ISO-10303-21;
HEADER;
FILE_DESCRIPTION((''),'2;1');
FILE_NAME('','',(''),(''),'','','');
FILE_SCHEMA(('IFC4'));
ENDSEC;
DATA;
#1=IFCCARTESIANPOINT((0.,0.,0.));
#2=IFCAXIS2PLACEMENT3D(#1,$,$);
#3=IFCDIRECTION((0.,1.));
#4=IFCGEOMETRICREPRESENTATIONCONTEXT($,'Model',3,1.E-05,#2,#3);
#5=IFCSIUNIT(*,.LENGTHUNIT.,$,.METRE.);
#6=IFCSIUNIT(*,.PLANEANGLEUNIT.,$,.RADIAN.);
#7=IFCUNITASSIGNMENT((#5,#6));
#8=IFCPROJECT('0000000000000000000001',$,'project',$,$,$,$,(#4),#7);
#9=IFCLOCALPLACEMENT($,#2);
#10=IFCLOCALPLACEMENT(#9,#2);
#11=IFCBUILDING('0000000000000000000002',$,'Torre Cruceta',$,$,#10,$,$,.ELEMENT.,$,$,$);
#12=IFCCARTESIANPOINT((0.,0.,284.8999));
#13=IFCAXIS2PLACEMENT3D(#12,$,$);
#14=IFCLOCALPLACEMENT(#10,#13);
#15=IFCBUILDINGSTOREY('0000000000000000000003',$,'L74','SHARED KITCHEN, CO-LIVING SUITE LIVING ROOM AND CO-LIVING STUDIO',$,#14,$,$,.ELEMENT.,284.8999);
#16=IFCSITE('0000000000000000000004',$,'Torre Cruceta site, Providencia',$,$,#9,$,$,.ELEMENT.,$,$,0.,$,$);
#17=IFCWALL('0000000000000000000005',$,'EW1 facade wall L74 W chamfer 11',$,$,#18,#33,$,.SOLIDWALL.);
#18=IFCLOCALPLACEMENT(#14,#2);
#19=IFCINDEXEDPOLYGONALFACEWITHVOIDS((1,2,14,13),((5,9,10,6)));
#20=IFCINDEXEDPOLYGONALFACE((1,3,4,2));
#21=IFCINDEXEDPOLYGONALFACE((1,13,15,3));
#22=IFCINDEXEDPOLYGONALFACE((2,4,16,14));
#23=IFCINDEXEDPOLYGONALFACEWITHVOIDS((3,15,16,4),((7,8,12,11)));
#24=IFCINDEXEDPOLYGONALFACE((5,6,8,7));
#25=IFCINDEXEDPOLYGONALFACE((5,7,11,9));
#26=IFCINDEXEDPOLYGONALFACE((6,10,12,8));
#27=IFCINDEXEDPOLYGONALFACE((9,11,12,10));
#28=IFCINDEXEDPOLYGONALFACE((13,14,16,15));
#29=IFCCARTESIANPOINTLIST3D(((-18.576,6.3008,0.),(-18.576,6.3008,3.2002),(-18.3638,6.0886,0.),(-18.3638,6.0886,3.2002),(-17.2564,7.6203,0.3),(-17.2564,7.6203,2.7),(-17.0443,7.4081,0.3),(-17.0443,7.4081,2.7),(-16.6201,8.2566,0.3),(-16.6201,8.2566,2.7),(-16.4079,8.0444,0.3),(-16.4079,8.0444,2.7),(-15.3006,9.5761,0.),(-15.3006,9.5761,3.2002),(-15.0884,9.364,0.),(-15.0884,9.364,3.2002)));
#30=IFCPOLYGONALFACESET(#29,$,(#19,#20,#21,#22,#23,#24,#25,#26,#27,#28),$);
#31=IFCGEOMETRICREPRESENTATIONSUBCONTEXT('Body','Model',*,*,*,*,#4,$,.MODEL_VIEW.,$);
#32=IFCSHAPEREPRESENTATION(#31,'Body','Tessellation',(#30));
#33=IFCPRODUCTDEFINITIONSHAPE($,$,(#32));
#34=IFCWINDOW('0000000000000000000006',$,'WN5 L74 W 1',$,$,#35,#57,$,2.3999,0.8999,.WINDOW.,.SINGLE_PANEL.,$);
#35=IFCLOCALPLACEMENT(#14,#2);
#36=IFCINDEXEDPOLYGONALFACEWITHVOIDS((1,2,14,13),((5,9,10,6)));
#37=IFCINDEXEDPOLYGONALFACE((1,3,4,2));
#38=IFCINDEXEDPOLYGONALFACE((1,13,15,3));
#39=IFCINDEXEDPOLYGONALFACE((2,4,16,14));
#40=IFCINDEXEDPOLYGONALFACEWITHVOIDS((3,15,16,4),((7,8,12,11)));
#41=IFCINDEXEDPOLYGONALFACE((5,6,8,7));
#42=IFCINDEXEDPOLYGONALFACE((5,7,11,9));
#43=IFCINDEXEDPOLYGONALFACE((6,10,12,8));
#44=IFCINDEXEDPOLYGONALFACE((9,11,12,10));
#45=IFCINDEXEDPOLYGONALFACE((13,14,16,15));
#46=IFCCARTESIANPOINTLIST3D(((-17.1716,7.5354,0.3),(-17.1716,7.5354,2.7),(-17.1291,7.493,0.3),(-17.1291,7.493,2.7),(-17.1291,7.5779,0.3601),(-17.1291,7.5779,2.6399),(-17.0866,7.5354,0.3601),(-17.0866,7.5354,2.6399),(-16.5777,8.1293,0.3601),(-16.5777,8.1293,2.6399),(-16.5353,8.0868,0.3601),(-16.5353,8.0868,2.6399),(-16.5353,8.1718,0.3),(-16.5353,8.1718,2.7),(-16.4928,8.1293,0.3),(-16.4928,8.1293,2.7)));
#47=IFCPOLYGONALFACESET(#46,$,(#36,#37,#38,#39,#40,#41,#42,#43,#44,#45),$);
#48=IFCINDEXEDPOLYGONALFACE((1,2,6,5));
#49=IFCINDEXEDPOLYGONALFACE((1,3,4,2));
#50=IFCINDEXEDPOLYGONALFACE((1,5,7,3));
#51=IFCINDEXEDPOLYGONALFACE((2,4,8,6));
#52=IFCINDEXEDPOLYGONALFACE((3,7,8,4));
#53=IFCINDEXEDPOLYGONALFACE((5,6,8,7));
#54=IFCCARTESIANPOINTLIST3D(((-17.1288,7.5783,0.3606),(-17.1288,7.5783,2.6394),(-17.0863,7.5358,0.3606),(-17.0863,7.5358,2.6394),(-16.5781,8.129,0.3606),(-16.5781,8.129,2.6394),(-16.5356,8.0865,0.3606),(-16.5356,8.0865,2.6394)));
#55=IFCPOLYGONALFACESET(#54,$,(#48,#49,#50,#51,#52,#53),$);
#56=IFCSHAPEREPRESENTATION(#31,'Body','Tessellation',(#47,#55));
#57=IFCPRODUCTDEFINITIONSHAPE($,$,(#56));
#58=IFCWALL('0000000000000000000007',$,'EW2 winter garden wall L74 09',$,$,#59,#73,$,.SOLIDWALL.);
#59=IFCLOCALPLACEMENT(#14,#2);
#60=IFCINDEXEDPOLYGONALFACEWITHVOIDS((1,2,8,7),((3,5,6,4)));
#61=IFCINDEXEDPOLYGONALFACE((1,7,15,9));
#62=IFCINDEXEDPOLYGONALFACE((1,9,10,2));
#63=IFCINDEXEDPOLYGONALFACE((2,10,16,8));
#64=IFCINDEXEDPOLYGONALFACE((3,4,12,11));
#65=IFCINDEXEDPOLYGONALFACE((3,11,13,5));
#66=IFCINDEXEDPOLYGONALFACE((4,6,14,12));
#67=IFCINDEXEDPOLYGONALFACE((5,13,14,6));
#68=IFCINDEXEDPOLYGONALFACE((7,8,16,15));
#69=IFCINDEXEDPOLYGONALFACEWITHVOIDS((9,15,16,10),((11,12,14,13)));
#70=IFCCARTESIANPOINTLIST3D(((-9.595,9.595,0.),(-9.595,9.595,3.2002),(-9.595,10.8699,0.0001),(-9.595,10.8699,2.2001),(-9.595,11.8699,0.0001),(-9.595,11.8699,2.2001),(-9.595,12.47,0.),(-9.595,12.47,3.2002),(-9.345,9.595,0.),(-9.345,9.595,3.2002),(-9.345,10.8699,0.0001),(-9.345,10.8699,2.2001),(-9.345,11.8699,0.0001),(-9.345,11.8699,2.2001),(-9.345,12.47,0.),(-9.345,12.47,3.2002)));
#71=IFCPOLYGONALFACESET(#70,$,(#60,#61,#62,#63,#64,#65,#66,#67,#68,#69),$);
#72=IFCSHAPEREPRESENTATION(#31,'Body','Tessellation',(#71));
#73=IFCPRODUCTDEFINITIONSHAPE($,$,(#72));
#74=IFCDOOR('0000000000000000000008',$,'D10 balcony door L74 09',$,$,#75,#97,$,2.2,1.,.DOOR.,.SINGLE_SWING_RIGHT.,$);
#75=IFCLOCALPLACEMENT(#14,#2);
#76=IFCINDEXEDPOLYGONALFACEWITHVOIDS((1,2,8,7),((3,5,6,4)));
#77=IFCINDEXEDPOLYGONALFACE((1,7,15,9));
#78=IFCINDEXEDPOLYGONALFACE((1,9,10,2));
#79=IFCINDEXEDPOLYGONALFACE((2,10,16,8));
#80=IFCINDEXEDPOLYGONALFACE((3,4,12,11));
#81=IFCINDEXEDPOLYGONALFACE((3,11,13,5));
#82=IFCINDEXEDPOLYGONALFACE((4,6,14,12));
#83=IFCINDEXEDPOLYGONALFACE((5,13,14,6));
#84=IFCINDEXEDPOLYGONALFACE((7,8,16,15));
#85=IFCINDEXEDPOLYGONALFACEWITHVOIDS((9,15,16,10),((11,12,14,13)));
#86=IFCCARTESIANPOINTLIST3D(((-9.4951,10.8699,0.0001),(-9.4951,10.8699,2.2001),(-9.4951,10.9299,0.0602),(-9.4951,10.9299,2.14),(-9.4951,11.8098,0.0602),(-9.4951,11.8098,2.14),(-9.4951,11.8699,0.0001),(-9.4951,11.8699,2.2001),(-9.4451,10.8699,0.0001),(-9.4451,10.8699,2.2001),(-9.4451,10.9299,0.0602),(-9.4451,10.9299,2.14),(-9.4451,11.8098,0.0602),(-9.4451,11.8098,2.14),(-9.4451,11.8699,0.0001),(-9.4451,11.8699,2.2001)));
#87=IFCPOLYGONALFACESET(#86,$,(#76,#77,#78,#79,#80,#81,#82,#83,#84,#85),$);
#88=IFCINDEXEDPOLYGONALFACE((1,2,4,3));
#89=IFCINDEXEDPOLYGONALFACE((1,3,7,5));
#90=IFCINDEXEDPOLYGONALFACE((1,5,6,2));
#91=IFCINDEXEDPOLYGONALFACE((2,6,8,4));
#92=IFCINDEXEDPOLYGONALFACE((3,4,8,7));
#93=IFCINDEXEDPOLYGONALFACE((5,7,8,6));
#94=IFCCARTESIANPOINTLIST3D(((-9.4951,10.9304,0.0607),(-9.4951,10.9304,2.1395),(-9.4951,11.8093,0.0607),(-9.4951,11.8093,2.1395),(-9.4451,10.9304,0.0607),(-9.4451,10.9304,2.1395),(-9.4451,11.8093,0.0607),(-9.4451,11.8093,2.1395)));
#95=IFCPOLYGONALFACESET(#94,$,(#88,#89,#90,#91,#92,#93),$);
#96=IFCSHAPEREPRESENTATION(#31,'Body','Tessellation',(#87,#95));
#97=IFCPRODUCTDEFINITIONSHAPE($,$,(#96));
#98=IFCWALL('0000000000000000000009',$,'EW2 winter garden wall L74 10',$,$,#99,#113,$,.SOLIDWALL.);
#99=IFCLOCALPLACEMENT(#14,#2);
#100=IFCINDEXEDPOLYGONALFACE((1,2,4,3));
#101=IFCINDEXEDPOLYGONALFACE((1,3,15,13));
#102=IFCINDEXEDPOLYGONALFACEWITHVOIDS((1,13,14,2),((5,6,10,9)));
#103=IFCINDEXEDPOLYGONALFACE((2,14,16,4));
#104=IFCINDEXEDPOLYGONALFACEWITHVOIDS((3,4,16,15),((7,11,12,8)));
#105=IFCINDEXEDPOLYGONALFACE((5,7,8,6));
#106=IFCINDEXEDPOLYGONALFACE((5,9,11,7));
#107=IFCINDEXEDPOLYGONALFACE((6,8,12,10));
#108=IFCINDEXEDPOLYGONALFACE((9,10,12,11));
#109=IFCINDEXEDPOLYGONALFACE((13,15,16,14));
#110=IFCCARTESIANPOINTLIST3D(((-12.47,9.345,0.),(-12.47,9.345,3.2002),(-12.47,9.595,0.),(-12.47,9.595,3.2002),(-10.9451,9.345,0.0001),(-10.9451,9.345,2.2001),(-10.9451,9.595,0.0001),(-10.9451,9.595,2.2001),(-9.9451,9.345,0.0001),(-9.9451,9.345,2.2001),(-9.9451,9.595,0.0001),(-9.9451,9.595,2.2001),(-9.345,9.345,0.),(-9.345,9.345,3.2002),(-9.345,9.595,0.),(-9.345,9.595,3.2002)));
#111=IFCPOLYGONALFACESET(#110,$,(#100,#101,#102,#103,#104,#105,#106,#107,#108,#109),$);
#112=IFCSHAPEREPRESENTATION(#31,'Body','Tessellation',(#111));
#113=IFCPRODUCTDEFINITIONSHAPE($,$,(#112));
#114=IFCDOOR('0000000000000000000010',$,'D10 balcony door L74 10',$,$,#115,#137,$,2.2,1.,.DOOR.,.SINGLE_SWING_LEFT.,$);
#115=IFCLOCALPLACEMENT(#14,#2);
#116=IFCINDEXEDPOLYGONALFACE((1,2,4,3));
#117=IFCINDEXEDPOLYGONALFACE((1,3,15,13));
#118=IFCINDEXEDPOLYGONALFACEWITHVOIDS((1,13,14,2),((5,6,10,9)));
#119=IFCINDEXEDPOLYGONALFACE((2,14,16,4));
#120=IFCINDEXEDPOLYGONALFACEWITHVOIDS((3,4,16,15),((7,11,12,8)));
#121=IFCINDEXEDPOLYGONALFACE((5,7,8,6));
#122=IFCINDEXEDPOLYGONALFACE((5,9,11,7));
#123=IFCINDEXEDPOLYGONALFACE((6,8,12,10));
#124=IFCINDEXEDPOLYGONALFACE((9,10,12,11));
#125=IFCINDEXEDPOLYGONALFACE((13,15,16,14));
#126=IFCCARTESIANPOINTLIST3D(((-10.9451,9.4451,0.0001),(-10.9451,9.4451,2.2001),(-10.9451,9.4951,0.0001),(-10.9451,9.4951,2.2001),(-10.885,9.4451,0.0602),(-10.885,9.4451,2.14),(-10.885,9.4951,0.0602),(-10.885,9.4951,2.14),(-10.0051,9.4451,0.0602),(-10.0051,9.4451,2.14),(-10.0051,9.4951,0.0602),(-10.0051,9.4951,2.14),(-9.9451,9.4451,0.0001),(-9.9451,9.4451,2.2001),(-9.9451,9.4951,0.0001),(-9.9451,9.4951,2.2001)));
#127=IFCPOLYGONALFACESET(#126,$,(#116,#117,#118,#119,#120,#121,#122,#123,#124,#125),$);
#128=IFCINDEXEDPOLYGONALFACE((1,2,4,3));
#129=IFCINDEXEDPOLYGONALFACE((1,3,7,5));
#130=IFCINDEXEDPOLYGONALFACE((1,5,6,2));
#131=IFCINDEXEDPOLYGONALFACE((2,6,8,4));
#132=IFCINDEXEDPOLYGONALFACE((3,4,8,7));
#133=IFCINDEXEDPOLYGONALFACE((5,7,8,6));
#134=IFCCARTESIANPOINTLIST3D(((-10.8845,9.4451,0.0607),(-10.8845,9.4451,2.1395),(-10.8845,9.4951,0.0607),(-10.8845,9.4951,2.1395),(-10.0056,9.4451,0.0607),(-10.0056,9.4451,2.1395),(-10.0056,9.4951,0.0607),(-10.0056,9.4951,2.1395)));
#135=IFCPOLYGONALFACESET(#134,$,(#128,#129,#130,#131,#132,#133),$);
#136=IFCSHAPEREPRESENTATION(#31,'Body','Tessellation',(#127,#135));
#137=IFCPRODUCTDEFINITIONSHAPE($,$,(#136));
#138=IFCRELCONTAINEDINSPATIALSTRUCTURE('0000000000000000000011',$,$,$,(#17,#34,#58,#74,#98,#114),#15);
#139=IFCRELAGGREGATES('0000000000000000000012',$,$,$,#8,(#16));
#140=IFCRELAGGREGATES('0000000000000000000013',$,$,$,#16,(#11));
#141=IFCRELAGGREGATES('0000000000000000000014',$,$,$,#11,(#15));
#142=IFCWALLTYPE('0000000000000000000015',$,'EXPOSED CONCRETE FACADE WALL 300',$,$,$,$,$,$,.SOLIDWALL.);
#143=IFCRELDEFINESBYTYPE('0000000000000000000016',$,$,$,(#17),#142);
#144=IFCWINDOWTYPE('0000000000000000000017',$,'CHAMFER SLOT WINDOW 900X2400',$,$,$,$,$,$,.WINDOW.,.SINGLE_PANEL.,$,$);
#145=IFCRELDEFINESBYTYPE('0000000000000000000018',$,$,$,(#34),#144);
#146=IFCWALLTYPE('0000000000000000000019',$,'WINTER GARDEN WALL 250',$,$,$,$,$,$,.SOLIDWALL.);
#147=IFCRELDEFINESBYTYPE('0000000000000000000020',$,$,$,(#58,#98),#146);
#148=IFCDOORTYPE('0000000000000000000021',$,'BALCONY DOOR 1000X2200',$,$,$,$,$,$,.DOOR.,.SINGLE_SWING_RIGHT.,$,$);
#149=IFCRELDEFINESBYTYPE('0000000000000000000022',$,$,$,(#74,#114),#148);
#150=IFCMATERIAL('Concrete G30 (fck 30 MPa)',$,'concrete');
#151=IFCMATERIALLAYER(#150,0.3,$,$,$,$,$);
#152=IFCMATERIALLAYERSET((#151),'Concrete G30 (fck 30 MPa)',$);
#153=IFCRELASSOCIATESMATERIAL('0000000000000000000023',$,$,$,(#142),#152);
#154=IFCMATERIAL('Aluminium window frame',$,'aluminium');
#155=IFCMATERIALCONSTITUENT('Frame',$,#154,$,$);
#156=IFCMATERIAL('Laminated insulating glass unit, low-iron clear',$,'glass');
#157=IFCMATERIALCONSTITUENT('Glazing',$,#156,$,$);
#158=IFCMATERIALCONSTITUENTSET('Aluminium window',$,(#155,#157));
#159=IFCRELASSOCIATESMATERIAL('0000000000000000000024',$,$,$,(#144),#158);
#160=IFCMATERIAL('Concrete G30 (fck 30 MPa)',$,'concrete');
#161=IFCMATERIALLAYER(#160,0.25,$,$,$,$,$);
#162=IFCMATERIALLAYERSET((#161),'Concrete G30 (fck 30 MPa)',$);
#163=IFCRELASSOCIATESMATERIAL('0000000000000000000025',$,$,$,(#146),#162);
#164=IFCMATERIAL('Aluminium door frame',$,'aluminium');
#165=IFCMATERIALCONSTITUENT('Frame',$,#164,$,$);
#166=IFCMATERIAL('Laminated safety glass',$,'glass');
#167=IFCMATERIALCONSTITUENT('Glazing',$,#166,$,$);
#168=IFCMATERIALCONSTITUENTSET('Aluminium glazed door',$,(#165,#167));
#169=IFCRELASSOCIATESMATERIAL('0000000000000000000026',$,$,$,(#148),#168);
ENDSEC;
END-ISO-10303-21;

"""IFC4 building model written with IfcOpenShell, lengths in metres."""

from ifc_helpers import new_model, si_unit, direction, frame, frame_2d, origin, place, context, subcontext, project, spatial, rectangle, hollow_rectangle, extrude, material, layer, layer_set, constituent, constituent_set, type_object, element, fill, save


model = new_model("IFC4")

# Units and contexts
model_context = context("Model", 3, precision=1e-05, world=origin(), true_north=direction((0.0, 1.0)))
body_context = subcontext(model_context, "Body", "Model", "MODEL_VIEW")
ifc_project = project(units=[si_unit("LENGTHUNIT", "METRE"), si_unit("PLANEANGLEUNIT", "RADIAN")], contexts=[model_context])

# Site, building, storey
site_placement = place(None, origin())
site = spatial("IfcSite", under=ifc_project, at=site_placement, Name="Torre Cruceta site, Providencia", CompositionType="ELEMENT", RefElevation=0.0)
building_placement = place(site_placement, origin())
building = spatial("IfcBuilding", under=site, at=building_placement, Name="Torre Cruceta", CompositionType="ELEMENT")
storey_placement = place(building_placement, frame((0.0, 0.0, 284.8999)))
storey = spatial("IfcBuildingStorey", under=building, at=storey_placement, Name="L74", Description="SHARED KITCHEN, CO-LIVING SUITE LIVING ROOM AND CO-LIVING STUDIO", CompositionType="ELEMENT", Elevation=284.8999)

# Wall, opening, window
ifc_material_1 = material(Name="Concrete G30 (fck 30 MPa)", Category="concrete")
ifc_layer_1 = layer(ifc_material_1, 0.3)
ifc_layer_set_1 = layer_set([ifc_layer_1], Name="Concrete G30 (fck 30 MPa)")
wall_type_1 = type_object("IfcWallType", Name="EXPOSED CONCRETE FACADE WALL 300", PredefinedType="SOLIDWALL", material=ifc_layer_set_1)
wall_1_placement = place(storey_placement, frame((-15.1946, 9.47, 0.0), z_axis=(0.0, 0.0, 1.0), x_axis=(-0.707107, -0.707107, 0.0)))
wall_1 = element("IfcWall", 1, at=wall_1_placement, inside=storey, type_object=wall_type_1, Name="EW1 facade wall L74 W chamfer 11", PredefinedType="SOLIDWALL", context=body_context, shape_type="SweptSolid", body=[
    extrude(rectangle(XDim=4.6321, YDim=0.3, at=frame_2d((2.3159, 0.0))), origin(), (0.0, 0.0, 1.0), 3.2002),
])
opening_1_placement = place(wall_1_placement, frame((1.866, 0.0, 0.3)))
opening_1 = element("IfcOpeningElement", 2, at=opening_1_placement, cuts=wall_1, PredefinedType="OPENING", context=body_context, shape_type="SweptSolid", body=[
    extrude(rectangle(XDim=0.8999, YDim=2.3999, at=frame_2d((0.45, 1.2))), frame((0.0, 0.1599, 0.0), z_axis=(0.0, -1.0, 0.0), x_axis=(1.0, 0.0, 0.0)), (0.0, 0.0, 1.0), 0.3201),
])
ifc_material_2 = material(Name="Aluminium window frame", Category="aluminium")
ifc_constituent_1 = constituent(ifc_material_2, Name="Frame")
ifc_material_3 = material(Name="Laminated insulating glass unit, low-iron clear", Category="glass")
ifc_constituent_2 = constituent(ifc_material_3, Name="Glazing")
ifc_constituent_set_1 = constituent_set(constituents=[ifc_constituent_1, ifc_constituent_2], Name="Aluminium window")
window_type = type_object("IfcWindowType", Name="CHAMFER SLOT WINDOW 900X2400", PartitioningType="SINGLE_PANEL", PredefinedType="WINDOW", material=ifc_constituent_set_1)
window_placement = place(opening_1_placement, origin())
window = element("IfcWindow", 3, at=window_placement, inside=storey, type_object=window_type, Name="WN5 L74 W 1", OverallHeight=2.3999, OverallWidth=0.8999, PartitioningType="SINGLE_PANEL", PredefinedType="WINDOW", context=body_context, shape_type="SweptSolid", body=[
    extrude(hollow_rectangle(XDim=0.8999, YDim=2.3999, WallThickness=0.0601, at=frame_2d((0.45, 1.2))), frame((0.0, 0.03, 0.0), z_axis=(0.0, -1.0, 0.0), x_axis=(1.0, 0.0, 0.0)), (0.0, 0.0, 1.0), 0.0601),
    extrude(rectangle(XDim=0.7788, YDim=2.2788, at=frame_2d((0.45, 1.2))), frame((0.0, 0.03, 0.0), z_axis=(0.0, -1.0, 0.0), x_axis=(1.0, 0.0, 0.0)), (0.0, 0.0, 1.0), 0.0601),
])
fill(opening_1, window)

# Walls, openings, doors
ifc_material_4 = material(Name="Concrete G30 (fck 30 MPa)", Category="concrete")
ifc_layer_2 = layer(ifc_material_4, 0.25)
ifc_layer_set_2 = layer_set([ifc_layer_2], Name="Concrete G30 (fck 30 MPa)")
wall_type_2 = type_object("IfcWallType", Name="WINTER GARDEN WALL 250", PredefinedType="SOLIDWALL", material=ifc_layer_set_2)
wall_2_placement = place(storey_placement, frame((-9.47, 12.47, 0.0), z_axis=(0.0, 0.0, 1.0), x_axis=(0.0, -1.0, 0.0)))
wall_2 = element("IfcWall", 4, at=wall_2_placement, inside=storey, type_object=wall_type_2, Name="EW2 winter garden wall L74 09", PredefinedType="SOLIDWALL", context=body_context, shape_type="SweptSolid", body=[
    extrude(rectangle(XDim=2.875, YDim=0.25, at=frame_2d((1.4375, 0.0))), origin(), (0.0, 0.0, 1.0), 3.2002),
])
opening_2_placement = place(wall_2_placement, frame((0.6001, 0.0, 0.0)))
opening_2 = element("IfcOpeningElement", 5, at=opening_2_placement, cuts=wall_2, PredefinedType="OPENING", context=body_context, shape_type="SweptSolid", body=[
    extrude(rectangle(XDim=1.0, YDim=2.2, at=frame_2d((0.5, 1.1001))), frame((0.0, 0.135, 0.0), z_axis=(0.0, -1.0, 0.0), x_axis=(1.0, 0.0, 0.0)), (0.0, 0.0, 1.0), 0.27),
])
ifc_material_5 = material(Name="Aluminium door frame", Category="aluminium")
ifc_constituent_3 = constituent(ifc_material_5, Name="Frame")
ifc_material_6 = material(Name="Laminated safety glass", Category="glass")
ifc_constituent_4 = constituent(ifc_material_6, Name="Glazing")
ifc_constituent_set_2 = constituent_set(constituents=[ifc_constituent_3, ifc_constituent_4], Name="Aluminium glazed door")
door_type_1 = type_object("IfcDoorType", Name="BALCONY DOOR 1000X2200", OperationType="SINGLE_SWING_RIGHT", PredefinedType="DOOR", material=ifc_constituent_set_2)
door_1_placement = place(opening_2_placement, origin())
door_1 = element("IfcDoor", 6, at=door_1_placement, inside=storey, type_object=door_type_1, Name="D10 balcony door L74 09", OperationType="SINGLE_SWING_RIGHT", OverallHeight=2.2, OverallWidth=1.0, PredefinedType="DOOR", context=body_context, shape_type="SweptSolid", body=[
    extrude(hollow_rectangle(XDim=1.0, YDim=2.2, WallThickness=0.0601, at=frame_2d((0.5, 1.1001))), frame((0.0, 0.0249, 0.0), z_axis=(0.0, -1.0, 0.0), x_axis=(1.0, 0.0, 0.0)), (0.0, 0.0, 1.0), 0.05),
    extrude(rectangle(XDim=0.8789, YDim=2.0789, at=frame_2d((0.5, 1.1001))), frame((0.0, 0.0249, 0.0), z_axis=(0.0, -1.0, 0.0), x_axis=(1.0, 0.0, 0.0)), (0.0, 0.0, 1.0), 0.05),
])
fill(opening_2, door_1)
wall_3_placement = place(storey_placement, frame((-9.345, 9.47, 0.0), z_axis=(0.0, 0.0, 1.0), x_axis=(-1.0, 0.0, 0.0)))
wall_3 = element("IfcWall", 7, at=wall_3_placement, inside=storey, type_object=wall_type_2, Name="EW2 winter garden wall L74 10", PredefinedType="SOLIDWALL", context=body_context, shape_type="SweptSolid", body=[
    extrude(rectangle(XDim=3.125, YDim=0.25, at=frame_2d((1.5625, 0.0))), origin(), (0.0, 0.0, 1.0), 3.2002),
])
opening_3_placement = place(wall_3_placement, frame((0.6001, 0.0, 0.0)))
opening_3 = element("IfcOpeningElement", 8, at=opening_3_placement, cuts=wall_3, PredefinedType="OPENING", context=body_context, shape_type="SweptSolid", body=[
    extrude(rectangle(XDim=1.0, YDim=2.2, at=frame_2d((0.5, 1.1001))), frame((0.0, 0.135, 0.0), z_axis=(0.0, -1.0, 0.0), x_axis=(1.0, 0.0, 0.0)), (0.0, 0.0, 1.0), 0.27),
])
door_2_placement = place(opening_3_placement, origin())
door_2 = element("IfcDoor", 9, at=door_2_placement, inside=storey, type_object=door_type_1, Name="D10 balcony door L74 10", OperationType="SINGLE_SWING_LEFT", OverallHeight=2.2, OverallWidth=1.0, PredefinedType="DOOR", context=body_context, shape_type="SweptSolid", body=[
    extrude(hollow_rectangle(XDim=1.0, YDim=2.2, WallThickness=0.0601, at=frame_2d((0.5, 1.1001))), frame((0.0, 0.0249, 0.0), z_axis=(0.0, -1.0, 0.0), x_axis=(1.0, 0.0, 0.0)), (0.0, 0.0, 1.0), 0.05),
    extrude(rectangle(XDim=0.8789, YDim=2.0789, at=frame_2d((0.5, 1.1001))), frame((0.0, 0.0249, 0.0), z_axis=(0.0, -1.0, 0.0), x_axis=(1.0, 0.0, 0.0)), (0.0, 0.0, 1.0), 0.05),
])
fill(opening_3, door_2)

save(model, "model.ifc")
